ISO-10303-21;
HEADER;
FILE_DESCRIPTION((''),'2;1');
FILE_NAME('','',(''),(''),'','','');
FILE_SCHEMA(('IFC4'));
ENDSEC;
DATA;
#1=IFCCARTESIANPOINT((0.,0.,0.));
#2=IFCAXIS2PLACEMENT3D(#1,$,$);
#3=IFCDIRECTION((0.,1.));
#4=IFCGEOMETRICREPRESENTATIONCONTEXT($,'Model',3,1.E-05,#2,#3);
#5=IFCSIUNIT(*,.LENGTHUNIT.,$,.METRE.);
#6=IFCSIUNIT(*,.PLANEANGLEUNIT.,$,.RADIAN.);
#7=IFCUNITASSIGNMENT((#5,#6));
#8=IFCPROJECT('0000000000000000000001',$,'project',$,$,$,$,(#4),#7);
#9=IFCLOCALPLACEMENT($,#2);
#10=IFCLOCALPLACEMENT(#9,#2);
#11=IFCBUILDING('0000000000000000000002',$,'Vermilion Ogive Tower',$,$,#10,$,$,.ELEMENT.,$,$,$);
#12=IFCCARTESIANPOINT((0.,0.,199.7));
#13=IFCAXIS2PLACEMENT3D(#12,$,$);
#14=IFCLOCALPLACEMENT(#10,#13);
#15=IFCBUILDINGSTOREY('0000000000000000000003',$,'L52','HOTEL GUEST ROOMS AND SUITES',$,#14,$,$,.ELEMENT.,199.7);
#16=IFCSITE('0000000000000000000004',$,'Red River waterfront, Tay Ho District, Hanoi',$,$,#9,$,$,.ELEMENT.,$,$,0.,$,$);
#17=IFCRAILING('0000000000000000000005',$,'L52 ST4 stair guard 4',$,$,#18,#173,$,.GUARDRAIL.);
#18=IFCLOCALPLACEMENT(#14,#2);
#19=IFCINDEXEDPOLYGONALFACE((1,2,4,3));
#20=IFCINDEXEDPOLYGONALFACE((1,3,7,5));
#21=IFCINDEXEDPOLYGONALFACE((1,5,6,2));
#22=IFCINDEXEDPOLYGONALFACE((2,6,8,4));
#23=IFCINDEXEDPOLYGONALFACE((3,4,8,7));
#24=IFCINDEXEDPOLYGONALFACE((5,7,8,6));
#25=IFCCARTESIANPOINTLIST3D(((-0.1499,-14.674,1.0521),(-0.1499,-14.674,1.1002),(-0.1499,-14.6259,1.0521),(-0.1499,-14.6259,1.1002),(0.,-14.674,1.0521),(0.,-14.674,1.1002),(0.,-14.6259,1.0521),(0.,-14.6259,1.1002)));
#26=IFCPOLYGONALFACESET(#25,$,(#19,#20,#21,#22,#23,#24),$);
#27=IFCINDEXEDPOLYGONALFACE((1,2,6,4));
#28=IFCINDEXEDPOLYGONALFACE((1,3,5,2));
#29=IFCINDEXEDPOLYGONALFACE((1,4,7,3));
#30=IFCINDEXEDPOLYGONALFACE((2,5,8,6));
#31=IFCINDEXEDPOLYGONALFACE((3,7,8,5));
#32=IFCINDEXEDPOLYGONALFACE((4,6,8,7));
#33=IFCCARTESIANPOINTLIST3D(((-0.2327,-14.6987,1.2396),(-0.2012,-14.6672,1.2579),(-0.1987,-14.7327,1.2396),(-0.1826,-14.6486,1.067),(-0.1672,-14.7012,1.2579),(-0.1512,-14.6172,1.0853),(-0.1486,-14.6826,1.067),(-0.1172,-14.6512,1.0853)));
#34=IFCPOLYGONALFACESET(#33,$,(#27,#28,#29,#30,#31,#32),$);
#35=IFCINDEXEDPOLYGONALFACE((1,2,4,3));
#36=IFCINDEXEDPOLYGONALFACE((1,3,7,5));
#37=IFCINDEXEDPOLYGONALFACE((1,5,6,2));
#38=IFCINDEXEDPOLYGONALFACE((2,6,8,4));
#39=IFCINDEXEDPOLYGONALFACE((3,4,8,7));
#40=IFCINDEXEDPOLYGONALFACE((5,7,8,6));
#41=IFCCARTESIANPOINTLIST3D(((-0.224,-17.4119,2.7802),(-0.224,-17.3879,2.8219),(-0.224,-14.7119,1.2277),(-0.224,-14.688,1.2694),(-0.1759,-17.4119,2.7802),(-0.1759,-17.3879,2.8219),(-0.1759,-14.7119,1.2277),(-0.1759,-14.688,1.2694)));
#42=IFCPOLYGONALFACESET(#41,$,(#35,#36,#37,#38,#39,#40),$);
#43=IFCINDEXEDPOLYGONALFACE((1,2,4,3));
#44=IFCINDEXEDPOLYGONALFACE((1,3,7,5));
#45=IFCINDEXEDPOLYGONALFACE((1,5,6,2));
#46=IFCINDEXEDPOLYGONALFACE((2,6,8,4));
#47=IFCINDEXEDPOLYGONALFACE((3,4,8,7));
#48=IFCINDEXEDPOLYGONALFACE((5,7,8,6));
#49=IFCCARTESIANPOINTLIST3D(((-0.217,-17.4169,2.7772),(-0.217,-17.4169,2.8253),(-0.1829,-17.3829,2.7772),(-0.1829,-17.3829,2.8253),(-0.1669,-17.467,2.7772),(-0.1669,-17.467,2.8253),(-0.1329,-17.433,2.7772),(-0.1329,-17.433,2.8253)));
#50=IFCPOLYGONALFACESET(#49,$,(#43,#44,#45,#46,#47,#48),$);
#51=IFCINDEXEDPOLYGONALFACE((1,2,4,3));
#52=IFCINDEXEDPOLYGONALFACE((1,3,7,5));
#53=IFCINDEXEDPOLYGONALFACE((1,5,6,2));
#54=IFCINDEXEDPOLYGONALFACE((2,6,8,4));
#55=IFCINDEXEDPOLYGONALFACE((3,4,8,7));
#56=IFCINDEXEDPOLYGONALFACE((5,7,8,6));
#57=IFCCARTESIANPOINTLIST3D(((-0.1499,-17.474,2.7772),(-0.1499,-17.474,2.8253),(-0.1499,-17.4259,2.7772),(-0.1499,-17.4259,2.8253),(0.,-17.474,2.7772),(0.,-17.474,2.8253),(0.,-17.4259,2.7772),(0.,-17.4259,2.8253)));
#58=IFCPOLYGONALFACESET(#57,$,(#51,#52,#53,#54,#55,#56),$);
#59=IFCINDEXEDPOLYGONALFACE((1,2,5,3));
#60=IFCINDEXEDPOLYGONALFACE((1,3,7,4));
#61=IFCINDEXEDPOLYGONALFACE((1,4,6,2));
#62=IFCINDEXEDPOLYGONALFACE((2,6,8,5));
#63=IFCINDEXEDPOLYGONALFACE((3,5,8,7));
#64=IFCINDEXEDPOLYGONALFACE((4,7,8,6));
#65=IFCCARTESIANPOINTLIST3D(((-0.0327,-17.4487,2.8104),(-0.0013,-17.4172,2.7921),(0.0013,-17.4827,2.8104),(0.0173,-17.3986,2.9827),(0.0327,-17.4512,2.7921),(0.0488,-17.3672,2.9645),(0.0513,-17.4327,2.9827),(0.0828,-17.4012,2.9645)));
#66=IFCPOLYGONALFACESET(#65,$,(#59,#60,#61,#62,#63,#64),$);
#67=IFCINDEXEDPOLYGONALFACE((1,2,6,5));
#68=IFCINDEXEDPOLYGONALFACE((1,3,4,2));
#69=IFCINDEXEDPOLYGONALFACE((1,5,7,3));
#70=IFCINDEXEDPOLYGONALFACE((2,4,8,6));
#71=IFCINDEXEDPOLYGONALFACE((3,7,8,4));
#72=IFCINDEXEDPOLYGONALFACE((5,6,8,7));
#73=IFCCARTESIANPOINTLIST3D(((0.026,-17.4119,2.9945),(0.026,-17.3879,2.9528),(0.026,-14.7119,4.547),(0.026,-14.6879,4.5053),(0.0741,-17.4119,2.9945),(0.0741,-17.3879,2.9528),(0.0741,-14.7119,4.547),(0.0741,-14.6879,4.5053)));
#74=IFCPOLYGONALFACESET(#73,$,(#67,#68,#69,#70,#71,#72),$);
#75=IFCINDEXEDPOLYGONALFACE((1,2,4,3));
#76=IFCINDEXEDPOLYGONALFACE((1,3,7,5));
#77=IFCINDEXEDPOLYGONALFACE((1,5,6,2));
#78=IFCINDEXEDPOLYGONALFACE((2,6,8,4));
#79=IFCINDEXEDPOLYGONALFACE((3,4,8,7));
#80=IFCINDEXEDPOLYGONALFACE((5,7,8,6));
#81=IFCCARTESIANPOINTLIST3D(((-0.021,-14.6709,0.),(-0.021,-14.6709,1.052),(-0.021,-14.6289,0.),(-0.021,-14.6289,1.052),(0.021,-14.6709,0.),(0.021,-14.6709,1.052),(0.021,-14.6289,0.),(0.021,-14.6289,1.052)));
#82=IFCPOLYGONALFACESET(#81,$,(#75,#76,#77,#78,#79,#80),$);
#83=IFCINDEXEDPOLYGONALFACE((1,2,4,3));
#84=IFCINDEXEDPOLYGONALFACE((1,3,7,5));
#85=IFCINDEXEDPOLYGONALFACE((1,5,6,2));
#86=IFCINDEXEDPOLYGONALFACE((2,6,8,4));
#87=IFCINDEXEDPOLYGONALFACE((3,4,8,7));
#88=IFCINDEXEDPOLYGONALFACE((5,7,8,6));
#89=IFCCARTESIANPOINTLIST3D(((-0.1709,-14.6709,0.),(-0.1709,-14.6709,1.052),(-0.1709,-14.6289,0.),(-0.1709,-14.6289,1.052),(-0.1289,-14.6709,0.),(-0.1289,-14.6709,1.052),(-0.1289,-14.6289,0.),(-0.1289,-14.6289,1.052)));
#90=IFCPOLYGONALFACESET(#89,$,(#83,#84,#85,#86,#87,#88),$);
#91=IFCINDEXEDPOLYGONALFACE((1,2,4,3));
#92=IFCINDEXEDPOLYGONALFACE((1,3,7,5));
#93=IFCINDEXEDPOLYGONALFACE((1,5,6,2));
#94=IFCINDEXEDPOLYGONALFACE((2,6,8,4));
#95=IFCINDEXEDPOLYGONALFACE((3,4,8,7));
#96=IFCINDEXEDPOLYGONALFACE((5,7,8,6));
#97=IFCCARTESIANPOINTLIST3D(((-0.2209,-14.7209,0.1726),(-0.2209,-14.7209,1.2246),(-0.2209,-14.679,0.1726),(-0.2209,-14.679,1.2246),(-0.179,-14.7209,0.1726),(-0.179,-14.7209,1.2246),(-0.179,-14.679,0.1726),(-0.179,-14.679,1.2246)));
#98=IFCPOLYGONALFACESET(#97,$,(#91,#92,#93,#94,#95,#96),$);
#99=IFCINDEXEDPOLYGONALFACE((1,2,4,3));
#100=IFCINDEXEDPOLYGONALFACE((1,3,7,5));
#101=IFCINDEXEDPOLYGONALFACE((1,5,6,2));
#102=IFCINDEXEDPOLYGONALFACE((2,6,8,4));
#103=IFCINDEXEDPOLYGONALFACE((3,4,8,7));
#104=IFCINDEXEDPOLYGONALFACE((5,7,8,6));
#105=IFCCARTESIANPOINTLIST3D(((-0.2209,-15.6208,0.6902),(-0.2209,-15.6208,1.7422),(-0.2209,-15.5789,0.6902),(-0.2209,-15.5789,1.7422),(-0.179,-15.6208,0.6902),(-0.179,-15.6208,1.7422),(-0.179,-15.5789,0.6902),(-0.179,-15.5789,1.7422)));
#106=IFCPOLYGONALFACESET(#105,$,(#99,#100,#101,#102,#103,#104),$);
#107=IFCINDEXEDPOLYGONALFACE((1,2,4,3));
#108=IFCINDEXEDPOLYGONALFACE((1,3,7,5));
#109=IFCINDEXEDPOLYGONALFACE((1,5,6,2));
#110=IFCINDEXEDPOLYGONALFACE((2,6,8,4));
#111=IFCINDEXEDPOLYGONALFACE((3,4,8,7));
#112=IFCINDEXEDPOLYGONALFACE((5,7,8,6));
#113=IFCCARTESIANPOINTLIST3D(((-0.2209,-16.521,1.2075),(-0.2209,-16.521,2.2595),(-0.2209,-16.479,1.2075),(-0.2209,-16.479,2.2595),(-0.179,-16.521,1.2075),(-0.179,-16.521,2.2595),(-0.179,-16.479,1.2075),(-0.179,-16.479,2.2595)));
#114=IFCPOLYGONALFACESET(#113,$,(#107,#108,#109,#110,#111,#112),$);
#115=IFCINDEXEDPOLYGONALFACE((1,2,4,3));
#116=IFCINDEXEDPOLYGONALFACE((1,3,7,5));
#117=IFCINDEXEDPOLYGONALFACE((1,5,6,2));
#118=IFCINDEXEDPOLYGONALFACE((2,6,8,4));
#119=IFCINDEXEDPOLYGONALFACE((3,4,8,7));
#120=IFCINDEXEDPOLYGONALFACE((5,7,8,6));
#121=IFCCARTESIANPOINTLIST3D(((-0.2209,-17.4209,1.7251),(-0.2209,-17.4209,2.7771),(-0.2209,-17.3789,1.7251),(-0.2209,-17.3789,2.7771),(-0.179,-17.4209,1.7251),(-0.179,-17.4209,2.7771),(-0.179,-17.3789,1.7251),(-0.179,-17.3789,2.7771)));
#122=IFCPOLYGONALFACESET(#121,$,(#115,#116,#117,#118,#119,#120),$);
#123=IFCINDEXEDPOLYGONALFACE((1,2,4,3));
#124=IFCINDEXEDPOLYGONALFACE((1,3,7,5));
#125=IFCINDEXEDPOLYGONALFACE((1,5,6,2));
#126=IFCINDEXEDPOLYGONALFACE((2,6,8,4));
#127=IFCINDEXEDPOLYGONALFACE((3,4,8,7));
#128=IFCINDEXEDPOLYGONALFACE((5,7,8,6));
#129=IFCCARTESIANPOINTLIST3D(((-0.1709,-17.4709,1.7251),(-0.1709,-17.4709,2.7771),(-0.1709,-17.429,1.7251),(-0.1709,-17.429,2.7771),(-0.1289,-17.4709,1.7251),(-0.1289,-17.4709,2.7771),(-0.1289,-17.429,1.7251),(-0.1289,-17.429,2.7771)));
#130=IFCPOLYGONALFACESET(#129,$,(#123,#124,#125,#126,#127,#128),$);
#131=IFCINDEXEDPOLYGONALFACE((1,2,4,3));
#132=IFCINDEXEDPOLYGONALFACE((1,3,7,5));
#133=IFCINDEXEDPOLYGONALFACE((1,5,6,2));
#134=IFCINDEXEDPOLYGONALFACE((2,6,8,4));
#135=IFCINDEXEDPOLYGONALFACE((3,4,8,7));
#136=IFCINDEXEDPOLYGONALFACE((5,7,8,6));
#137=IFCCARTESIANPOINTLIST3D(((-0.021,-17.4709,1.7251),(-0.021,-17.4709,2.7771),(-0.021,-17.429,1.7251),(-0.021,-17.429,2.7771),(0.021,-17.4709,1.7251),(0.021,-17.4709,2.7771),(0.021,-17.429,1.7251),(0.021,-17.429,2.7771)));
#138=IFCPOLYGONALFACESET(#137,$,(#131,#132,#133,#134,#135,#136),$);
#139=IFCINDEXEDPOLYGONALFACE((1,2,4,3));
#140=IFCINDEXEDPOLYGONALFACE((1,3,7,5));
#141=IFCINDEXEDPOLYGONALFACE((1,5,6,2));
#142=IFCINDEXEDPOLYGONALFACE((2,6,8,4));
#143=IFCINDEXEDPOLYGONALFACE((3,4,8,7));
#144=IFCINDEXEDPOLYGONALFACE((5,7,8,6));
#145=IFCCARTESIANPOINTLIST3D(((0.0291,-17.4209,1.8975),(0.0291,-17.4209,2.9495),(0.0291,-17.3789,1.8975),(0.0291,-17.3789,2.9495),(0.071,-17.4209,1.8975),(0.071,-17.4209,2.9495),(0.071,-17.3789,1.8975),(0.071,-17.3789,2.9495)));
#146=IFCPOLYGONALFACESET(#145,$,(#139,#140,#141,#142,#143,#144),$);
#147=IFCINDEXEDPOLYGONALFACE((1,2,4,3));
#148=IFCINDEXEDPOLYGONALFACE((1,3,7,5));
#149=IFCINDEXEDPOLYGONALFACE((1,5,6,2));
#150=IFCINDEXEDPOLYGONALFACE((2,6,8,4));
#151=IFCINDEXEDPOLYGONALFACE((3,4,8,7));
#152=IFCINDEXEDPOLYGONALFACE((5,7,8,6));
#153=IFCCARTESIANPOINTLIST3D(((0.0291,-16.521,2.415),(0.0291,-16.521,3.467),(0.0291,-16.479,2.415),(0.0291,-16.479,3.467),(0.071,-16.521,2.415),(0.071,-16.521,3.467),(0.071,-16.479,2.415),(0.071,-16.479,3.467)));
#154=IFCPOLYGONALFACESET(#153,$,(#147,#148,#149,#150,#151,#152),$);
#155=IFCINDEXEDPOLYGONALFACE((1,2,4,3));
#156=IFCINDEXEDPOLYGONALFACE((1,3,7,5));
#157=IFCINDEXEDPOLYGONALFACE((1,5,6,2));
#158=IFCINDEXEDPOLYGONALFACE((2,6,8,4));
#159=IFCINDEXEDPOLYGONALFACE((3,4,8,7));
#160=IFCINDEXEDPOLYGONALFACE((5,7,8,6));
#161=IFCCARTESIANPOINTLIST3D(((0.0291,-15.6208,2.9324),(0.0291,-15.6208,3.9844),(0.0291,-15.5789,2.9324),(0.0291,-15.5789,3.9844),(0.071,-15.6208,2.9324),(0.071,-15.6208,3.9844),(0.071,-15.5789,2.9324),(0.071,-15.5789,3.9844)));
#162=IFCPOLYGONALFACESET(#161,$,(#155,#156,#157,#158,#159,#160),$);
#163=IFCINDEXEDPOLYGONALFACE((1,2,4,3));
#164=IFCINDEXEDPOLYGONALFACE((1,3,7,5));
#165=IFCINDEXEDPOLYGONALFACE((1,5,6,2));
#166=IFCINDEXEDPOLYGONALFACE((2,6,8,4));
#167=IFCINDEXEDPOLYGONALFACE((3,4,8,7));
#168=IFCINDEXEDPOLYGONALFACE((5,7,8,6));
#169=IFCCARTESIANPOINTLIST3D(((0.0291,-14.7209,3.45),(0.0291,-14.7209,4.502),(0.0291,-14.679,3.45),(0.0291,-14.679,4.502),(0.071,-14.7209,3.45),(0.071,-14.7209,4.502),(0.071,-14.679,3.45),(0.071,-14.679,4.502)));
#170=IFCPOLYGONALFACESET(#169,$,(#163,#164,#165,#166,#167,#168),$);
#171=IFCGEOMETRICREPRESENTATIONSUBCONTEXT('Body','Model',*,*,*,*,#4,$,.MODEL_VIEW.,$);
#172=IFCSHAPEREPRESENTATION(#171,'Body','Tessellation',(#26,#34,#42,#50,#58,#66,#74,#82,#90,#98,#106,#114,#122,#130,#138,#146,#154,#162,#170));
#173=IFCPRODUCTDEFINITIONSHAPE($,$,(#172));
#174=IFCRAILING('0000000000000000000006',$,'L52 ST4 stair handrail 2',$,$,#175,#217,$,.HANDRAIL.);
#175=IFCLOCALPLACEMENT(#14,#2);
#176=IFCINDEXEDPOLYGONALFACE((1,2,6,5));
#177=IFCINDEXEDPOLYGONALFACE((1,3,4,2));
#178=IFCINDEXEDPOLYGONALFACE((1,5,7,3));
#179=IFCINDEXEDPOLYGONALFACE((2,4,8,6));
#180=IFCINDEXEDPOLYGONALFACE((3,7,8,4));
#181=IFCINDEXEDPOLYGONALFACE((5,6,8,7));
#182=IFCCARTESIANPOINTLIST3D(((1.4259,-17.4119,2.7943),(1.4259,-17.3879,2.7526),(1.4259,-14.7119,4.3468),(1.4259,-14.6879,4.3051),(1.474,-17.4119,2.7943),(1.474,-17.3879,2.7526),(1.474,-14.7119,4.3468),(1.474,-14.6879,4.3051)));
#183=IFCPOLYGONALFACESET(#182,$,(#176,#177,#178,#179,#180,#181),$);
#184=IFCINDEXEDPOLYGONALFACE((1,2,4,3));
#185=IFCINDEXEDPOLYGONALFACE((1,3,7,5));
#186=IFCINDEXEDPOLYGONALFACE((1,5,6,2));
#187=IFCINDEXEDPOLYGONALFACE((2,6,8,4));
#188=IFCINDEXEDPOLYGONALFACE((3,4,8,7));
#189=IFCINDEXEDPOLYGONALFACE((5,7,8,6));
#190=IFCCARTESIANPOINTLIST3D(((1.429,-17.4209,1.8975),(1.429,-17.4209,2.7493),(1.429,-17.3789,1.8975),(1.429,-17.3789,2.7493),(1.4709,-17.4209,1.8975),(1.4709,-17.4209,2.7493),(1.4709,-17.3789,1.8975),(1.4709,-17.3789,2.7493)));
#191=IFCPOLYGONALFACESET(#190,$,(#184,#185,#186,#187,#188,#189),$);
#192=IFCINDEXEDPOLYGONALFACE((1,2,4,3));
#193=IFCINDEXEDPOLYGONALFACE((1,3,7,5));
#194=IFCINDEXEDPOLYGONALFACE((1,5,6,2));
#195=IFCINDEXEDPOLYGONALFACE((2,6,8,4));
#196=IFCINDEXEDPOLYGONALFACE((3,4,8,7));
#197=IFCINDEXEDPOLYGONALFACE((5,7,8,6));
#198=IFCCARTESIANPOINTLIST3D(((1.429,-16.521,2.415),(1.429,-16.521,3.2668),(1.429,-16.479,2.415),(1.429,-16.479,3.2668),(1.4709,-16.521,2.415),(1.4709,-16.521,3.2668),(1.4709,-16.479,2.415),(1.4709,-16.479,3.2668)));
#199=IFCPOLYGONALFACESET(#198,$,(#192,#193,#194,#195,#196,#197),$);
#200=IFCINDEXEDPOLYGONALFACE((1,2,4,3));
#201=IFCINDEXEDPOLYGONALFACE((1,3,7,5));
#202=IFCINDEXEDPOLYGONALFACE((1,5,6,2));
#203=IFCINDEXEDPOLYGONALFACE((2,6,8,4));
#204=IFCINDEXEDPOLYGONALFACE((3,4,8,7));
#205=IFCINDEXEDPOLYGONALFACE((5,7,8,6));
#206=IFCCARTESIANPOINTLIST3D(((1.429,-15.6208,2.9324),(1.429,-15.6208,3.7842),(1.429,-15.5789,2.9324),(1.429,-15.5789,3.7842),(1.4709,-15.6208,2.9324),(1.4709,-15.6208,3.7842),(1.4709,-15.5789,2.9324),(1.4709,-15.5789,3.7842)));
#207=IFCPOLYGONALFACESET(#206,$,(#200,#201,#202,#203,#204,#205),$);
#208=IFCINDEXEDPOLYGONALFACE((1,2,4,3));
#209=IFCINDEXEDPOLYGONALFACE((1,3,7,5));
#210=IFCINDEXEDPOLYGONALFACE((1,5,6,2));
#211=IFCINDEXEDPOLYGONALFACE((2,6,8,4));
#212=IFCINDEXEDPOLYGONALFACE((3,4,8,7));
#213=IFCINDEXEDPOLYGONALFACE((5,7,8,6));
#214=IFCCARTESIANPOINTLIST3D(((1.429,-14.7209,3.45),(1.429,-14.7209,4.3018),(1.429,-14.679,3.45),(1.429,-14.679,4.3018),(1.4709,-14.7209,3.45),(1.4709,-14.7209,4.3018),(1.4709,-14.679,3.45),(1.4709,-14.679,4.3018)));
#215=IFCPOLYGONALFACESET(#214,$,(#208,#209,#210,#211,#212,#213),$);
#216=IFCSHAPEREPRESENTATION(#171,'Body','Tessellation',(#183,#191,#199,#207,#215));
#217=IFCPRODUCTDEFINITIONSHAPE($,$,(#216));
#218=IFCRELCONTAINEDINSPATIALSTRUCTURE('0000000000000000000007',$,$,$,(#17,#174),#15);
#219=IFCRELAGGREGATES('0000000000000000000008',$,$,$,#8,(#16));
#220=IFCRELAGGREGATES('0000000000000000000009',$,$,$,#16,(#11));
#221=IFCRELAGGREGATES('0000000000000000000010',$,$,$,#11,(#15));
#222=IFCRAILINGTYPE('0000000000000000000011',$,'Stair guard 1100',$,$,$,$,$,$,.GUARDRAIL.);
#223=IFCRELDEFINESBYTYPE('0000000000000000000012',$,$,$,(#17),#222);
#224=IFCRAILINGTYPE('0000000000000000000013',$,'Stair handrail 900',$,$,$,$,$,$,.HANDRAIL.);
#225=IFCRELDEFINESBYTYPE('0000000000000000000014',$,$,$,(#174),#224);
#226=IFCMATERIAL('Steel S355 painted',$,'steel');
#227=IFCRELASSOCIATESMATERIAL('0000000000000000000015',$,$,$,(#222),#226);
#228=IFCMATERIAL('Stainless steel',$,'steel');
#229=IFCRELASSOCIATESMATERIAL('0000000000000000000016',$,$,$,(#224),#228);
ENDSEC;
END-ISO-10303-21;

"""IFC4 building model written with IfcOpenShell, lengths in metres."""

from ifc_helpers import new_model, si_unit, direction, frame, origin, origin_2d, place, context, subcontext, project, spatial, rectangle, extrude, material, type_object, element, save


model = new_model("IFC4")

# Units and contexts
model_context = context("Model", 3, precision=1e-05, world=origin(), true_north=direction((0.0, 1.0)))
body_context = subcontext(model_context, "Body", "Model", "MODEL_VIEW")
ifc_project = project(units=[si_unit("LENGTHUNIT", "METRE"), si_unit("PLANEANGLEUNIT", "RADIAN")], contexts=[model_context])

# Site, building, storey
site_placement = place(None, origin())
site = spatial("IfcSite", under=ifc_project, at=site_placement, Name="Red River waterfront, Tay Ho District, Hanoi", CompositionType="ELEMENT", RefElevation=0.0)
building_placement = place(site_placement, origin())
building = spatial("IfcBuilding", under=site, at=building_placement, Name="Vermilion Ogive Tower", CompositionType="ELEMENT")
storey_placement = place(building_placement, frame((0.0, 0.0, 199.7)))
storey = spatial("IfcBuildingStorey", under=building, at=storey_placement, Name="L52", Description="HOTEL GUEST ROOMS AND SUITES", CompositionType="ELEMENT", Elevation=199.7)

# Railings
ifc_material_1 = material(Name="Steel S355 painted", Category="steel")
railing_type_1 = type_object("IfcRailingType", Name="Stair guard 1100", PredefinedType="GUARDRAIL", material=ifc_material_1)
railing_1_placement = place(storey_placement, frame((0.0, -14.6499, 0.0)))
element("IfcRailing", 1, at=railing_1_placement, inside=storey, type_object=railing_type_1, Name="L52 ST4 stair guard 4", PredefinedType="GUARDRAIL", context=body_context, shape_type="SweptSolid", body=[
    extrude(rectangle(XDim=0.0481, YDim=0.0481, at=origin_2d()), frame((0.0, 0.0, 1.0762), z_axis=(-1.0, 0.0, 0.0), x_axis=(0.0, -1.0, 0.0)), (0.0, 0.0, 1.0), 0.1499),
    extrude(rectangle(XDim=0.0481, YDim=0.0481, at=origin_2d()), frame((-0.1499, 0.0, 1.0762), z_axis=(-0.268278, -0.268278, 0.925232), x_axis=(0.707107, -0.707107, 0.0)), (0.0, 0.0, 1.0), 0.1865),
    extrude(rectangle(XDim=0.0481, YDim=0.0481, at=origin_2d()), frame((-0.2, -0.05, 1.2485), z_axis=(0.0, -0.866904, 0.498476), x_axis=(1.0, 0.0, 0.0)), (0.0, 0.0, 1.0), 3.1145),
    extrude(rectangle(XDim=0.0481, YDim=0.0481, at=origin_2d()), frame((-0.2, -2.75, 2.8013), z_axis=(0.707107, -0.707107, 0.0), x_axis=(0.707107, 0.707107, 0.0)), (0.0, 0.0, 1.0), 0.0708),
    extrude(rectangle(XDim=0.0481, YDim=0.0481, at=origin_2d()), frame((-0.1499, -2.8, 2.8013), z_axis=(1.0, 0.0, 0.0), x_axis=(0.0, 1.0, 0.0)), (0.0, 0.0, 1.0), 0.1499),
    extrude(rectangle(XDim=0.0481, YDim=0.0481, at=origin_2d()), frame((0.0, -2.8, 2.8013), z_axis=(0.268603, 0.268603, 0.925043), x_axis=(-0.707107, 0.707107, 0.0)), (0.0, 0.0, 1.0), 0.1863),
    extrude(rectangle(XDim=0.0481, YDim=0.0481, at=origin_2d()), frame((0.05, -2.75, 2.9736), z_axis=(0.0, 0.866904, 0.498476), x_axis=(-1.0, 0.0, 0.0)), (0.0, 0.0, 1.0), 3.1145),
    extrude(rectangle(XDim=0.042, YDim=0.042, at=origin_2d()), origin(), (0.0, 0.0, 1.0), 1.052),
    extrude(rectangle(XDim=0.042, YDim=0.042, at=origin_2d()), frame((-0.1499, 0.0, 0.0)), (0.0, 0.0, 1.0), 1.052),
    extrude(rectangle(XDim=0.042, YDim=0.042, at=origin_2d()), frame((-0.2, -0.05, 0.1726)), (0.0, 0.0, 1.0), 1.052),
    extrude(rectangle(XDim=0.042, YDim=0.042, at=origin_2d()), frame((-0.2, -0.95, 0.6902)), (0.0, 0.0, 1.0), 1.052),
    extrude(rectangle(XDim=0.042, YDim=0.042, at=origin_2d()), frame((-0.2, -1.8501, 1.2075)), (0.0, 0.0, 1.0), 1.052),
    extrude(rectangle(XDim=0.042, YDim=0.042, at=origin_2d()), frame((-0.2, -2.75, 1.7251)), (0.0, 0.0, 1.0), 1.052),
    extrude(rectangle(XDim=0.042, YDim=0.042, at=origin_2d()), frame((-0.1499, -2.8, 1.7251)), (0.0, 0.0, 1.0), 1.052),
    extrude(rectangle(XDim=0.042, YDim=0.042, at=origin_2d()), frame((0.0, -2.8, 1.7251)), (0.0, 0.0, 1.0), 1.052),
    extrude(rectangle(XDim=0.042, YDim=0.042, at=origin_2d()), frame((0.05, -2.75, 1.8975)), (0.0, 0.0, 1.0), 1.052),
    extrude(rectangle(XDim=0.042, YDim=0.042, at=origin_2d()), frame((0.05, -1.8501, 2.415)), (0.0, 0.0, 1.0), 1.052),
    extrude(rectangle(XDim=0.042, YDim=0.042, at=origin_2d()), frame((0.05, -0.95, 2.9324)), (0.0, 0.0, 1.0), 1.052),
    extrude(rectangle(XDim=0.042, YDim=0.042, at=origin_2d()), frame((0.05, -0.05, 3.45)), (0.0, 0.0, 1.0), 1.052),
])
ifc_material_2 = material(Name="Stainless steel", Category="steel")
railing_type_2 = type_object("IfcRailingType", Name="Stair handrail 900", PredefinedType="HANDRAIL", material=ifc_material_2)
railing_2_placement = place(storey_placement, frame((1.45, -17.3999, 1.8975)))
element("IfcRailing", 2, at=railing_2_placement, inside=storey, type_object=railing_type_2, Name="L52 ST4 stair handrail 2", PredefinedType="HANDRAIL", context=body_context, shape_type="SweptSolid", body=[
    extrude(rectangle(XDim=0.0481, YDim=0.0481, at=origin_2d()), frame((0.0, 0.0, 0.876), z_axis=(0.0, 0.866904, 0.498476), x_axis=(-1.0, 0.0, 0.0)), (0.0, 0.0, 1.0), 3.1145),
    extrude(rectangle(XDim=0.042, YDim=0.042, at=origin_2d()), origin(), (0.0, 0.0, 1.0), 0.8518),
    extrude(rectangle(XDim=0.042, YDim=0.042, at=origin_2d()), frame((0.0, 0.8999, 0.5176)), (0.0, 0.0, 1.0), 0.8518),
    extrude(rectangle(XDim=0.042, YDim=0.042, at=origin_2d()), frame((0.0, 1.8, 1.0349)), (0.0, 0.0, 1.0), 0.8518),
    extrude(rectangle(XDim=0.042, YDim=0.042, at=origin_2d()), frame((0.0, 2.7, 1.5525)), (0.0, 0.0, 1.0), 0.8518),
])

save(model, "model.ifc")
